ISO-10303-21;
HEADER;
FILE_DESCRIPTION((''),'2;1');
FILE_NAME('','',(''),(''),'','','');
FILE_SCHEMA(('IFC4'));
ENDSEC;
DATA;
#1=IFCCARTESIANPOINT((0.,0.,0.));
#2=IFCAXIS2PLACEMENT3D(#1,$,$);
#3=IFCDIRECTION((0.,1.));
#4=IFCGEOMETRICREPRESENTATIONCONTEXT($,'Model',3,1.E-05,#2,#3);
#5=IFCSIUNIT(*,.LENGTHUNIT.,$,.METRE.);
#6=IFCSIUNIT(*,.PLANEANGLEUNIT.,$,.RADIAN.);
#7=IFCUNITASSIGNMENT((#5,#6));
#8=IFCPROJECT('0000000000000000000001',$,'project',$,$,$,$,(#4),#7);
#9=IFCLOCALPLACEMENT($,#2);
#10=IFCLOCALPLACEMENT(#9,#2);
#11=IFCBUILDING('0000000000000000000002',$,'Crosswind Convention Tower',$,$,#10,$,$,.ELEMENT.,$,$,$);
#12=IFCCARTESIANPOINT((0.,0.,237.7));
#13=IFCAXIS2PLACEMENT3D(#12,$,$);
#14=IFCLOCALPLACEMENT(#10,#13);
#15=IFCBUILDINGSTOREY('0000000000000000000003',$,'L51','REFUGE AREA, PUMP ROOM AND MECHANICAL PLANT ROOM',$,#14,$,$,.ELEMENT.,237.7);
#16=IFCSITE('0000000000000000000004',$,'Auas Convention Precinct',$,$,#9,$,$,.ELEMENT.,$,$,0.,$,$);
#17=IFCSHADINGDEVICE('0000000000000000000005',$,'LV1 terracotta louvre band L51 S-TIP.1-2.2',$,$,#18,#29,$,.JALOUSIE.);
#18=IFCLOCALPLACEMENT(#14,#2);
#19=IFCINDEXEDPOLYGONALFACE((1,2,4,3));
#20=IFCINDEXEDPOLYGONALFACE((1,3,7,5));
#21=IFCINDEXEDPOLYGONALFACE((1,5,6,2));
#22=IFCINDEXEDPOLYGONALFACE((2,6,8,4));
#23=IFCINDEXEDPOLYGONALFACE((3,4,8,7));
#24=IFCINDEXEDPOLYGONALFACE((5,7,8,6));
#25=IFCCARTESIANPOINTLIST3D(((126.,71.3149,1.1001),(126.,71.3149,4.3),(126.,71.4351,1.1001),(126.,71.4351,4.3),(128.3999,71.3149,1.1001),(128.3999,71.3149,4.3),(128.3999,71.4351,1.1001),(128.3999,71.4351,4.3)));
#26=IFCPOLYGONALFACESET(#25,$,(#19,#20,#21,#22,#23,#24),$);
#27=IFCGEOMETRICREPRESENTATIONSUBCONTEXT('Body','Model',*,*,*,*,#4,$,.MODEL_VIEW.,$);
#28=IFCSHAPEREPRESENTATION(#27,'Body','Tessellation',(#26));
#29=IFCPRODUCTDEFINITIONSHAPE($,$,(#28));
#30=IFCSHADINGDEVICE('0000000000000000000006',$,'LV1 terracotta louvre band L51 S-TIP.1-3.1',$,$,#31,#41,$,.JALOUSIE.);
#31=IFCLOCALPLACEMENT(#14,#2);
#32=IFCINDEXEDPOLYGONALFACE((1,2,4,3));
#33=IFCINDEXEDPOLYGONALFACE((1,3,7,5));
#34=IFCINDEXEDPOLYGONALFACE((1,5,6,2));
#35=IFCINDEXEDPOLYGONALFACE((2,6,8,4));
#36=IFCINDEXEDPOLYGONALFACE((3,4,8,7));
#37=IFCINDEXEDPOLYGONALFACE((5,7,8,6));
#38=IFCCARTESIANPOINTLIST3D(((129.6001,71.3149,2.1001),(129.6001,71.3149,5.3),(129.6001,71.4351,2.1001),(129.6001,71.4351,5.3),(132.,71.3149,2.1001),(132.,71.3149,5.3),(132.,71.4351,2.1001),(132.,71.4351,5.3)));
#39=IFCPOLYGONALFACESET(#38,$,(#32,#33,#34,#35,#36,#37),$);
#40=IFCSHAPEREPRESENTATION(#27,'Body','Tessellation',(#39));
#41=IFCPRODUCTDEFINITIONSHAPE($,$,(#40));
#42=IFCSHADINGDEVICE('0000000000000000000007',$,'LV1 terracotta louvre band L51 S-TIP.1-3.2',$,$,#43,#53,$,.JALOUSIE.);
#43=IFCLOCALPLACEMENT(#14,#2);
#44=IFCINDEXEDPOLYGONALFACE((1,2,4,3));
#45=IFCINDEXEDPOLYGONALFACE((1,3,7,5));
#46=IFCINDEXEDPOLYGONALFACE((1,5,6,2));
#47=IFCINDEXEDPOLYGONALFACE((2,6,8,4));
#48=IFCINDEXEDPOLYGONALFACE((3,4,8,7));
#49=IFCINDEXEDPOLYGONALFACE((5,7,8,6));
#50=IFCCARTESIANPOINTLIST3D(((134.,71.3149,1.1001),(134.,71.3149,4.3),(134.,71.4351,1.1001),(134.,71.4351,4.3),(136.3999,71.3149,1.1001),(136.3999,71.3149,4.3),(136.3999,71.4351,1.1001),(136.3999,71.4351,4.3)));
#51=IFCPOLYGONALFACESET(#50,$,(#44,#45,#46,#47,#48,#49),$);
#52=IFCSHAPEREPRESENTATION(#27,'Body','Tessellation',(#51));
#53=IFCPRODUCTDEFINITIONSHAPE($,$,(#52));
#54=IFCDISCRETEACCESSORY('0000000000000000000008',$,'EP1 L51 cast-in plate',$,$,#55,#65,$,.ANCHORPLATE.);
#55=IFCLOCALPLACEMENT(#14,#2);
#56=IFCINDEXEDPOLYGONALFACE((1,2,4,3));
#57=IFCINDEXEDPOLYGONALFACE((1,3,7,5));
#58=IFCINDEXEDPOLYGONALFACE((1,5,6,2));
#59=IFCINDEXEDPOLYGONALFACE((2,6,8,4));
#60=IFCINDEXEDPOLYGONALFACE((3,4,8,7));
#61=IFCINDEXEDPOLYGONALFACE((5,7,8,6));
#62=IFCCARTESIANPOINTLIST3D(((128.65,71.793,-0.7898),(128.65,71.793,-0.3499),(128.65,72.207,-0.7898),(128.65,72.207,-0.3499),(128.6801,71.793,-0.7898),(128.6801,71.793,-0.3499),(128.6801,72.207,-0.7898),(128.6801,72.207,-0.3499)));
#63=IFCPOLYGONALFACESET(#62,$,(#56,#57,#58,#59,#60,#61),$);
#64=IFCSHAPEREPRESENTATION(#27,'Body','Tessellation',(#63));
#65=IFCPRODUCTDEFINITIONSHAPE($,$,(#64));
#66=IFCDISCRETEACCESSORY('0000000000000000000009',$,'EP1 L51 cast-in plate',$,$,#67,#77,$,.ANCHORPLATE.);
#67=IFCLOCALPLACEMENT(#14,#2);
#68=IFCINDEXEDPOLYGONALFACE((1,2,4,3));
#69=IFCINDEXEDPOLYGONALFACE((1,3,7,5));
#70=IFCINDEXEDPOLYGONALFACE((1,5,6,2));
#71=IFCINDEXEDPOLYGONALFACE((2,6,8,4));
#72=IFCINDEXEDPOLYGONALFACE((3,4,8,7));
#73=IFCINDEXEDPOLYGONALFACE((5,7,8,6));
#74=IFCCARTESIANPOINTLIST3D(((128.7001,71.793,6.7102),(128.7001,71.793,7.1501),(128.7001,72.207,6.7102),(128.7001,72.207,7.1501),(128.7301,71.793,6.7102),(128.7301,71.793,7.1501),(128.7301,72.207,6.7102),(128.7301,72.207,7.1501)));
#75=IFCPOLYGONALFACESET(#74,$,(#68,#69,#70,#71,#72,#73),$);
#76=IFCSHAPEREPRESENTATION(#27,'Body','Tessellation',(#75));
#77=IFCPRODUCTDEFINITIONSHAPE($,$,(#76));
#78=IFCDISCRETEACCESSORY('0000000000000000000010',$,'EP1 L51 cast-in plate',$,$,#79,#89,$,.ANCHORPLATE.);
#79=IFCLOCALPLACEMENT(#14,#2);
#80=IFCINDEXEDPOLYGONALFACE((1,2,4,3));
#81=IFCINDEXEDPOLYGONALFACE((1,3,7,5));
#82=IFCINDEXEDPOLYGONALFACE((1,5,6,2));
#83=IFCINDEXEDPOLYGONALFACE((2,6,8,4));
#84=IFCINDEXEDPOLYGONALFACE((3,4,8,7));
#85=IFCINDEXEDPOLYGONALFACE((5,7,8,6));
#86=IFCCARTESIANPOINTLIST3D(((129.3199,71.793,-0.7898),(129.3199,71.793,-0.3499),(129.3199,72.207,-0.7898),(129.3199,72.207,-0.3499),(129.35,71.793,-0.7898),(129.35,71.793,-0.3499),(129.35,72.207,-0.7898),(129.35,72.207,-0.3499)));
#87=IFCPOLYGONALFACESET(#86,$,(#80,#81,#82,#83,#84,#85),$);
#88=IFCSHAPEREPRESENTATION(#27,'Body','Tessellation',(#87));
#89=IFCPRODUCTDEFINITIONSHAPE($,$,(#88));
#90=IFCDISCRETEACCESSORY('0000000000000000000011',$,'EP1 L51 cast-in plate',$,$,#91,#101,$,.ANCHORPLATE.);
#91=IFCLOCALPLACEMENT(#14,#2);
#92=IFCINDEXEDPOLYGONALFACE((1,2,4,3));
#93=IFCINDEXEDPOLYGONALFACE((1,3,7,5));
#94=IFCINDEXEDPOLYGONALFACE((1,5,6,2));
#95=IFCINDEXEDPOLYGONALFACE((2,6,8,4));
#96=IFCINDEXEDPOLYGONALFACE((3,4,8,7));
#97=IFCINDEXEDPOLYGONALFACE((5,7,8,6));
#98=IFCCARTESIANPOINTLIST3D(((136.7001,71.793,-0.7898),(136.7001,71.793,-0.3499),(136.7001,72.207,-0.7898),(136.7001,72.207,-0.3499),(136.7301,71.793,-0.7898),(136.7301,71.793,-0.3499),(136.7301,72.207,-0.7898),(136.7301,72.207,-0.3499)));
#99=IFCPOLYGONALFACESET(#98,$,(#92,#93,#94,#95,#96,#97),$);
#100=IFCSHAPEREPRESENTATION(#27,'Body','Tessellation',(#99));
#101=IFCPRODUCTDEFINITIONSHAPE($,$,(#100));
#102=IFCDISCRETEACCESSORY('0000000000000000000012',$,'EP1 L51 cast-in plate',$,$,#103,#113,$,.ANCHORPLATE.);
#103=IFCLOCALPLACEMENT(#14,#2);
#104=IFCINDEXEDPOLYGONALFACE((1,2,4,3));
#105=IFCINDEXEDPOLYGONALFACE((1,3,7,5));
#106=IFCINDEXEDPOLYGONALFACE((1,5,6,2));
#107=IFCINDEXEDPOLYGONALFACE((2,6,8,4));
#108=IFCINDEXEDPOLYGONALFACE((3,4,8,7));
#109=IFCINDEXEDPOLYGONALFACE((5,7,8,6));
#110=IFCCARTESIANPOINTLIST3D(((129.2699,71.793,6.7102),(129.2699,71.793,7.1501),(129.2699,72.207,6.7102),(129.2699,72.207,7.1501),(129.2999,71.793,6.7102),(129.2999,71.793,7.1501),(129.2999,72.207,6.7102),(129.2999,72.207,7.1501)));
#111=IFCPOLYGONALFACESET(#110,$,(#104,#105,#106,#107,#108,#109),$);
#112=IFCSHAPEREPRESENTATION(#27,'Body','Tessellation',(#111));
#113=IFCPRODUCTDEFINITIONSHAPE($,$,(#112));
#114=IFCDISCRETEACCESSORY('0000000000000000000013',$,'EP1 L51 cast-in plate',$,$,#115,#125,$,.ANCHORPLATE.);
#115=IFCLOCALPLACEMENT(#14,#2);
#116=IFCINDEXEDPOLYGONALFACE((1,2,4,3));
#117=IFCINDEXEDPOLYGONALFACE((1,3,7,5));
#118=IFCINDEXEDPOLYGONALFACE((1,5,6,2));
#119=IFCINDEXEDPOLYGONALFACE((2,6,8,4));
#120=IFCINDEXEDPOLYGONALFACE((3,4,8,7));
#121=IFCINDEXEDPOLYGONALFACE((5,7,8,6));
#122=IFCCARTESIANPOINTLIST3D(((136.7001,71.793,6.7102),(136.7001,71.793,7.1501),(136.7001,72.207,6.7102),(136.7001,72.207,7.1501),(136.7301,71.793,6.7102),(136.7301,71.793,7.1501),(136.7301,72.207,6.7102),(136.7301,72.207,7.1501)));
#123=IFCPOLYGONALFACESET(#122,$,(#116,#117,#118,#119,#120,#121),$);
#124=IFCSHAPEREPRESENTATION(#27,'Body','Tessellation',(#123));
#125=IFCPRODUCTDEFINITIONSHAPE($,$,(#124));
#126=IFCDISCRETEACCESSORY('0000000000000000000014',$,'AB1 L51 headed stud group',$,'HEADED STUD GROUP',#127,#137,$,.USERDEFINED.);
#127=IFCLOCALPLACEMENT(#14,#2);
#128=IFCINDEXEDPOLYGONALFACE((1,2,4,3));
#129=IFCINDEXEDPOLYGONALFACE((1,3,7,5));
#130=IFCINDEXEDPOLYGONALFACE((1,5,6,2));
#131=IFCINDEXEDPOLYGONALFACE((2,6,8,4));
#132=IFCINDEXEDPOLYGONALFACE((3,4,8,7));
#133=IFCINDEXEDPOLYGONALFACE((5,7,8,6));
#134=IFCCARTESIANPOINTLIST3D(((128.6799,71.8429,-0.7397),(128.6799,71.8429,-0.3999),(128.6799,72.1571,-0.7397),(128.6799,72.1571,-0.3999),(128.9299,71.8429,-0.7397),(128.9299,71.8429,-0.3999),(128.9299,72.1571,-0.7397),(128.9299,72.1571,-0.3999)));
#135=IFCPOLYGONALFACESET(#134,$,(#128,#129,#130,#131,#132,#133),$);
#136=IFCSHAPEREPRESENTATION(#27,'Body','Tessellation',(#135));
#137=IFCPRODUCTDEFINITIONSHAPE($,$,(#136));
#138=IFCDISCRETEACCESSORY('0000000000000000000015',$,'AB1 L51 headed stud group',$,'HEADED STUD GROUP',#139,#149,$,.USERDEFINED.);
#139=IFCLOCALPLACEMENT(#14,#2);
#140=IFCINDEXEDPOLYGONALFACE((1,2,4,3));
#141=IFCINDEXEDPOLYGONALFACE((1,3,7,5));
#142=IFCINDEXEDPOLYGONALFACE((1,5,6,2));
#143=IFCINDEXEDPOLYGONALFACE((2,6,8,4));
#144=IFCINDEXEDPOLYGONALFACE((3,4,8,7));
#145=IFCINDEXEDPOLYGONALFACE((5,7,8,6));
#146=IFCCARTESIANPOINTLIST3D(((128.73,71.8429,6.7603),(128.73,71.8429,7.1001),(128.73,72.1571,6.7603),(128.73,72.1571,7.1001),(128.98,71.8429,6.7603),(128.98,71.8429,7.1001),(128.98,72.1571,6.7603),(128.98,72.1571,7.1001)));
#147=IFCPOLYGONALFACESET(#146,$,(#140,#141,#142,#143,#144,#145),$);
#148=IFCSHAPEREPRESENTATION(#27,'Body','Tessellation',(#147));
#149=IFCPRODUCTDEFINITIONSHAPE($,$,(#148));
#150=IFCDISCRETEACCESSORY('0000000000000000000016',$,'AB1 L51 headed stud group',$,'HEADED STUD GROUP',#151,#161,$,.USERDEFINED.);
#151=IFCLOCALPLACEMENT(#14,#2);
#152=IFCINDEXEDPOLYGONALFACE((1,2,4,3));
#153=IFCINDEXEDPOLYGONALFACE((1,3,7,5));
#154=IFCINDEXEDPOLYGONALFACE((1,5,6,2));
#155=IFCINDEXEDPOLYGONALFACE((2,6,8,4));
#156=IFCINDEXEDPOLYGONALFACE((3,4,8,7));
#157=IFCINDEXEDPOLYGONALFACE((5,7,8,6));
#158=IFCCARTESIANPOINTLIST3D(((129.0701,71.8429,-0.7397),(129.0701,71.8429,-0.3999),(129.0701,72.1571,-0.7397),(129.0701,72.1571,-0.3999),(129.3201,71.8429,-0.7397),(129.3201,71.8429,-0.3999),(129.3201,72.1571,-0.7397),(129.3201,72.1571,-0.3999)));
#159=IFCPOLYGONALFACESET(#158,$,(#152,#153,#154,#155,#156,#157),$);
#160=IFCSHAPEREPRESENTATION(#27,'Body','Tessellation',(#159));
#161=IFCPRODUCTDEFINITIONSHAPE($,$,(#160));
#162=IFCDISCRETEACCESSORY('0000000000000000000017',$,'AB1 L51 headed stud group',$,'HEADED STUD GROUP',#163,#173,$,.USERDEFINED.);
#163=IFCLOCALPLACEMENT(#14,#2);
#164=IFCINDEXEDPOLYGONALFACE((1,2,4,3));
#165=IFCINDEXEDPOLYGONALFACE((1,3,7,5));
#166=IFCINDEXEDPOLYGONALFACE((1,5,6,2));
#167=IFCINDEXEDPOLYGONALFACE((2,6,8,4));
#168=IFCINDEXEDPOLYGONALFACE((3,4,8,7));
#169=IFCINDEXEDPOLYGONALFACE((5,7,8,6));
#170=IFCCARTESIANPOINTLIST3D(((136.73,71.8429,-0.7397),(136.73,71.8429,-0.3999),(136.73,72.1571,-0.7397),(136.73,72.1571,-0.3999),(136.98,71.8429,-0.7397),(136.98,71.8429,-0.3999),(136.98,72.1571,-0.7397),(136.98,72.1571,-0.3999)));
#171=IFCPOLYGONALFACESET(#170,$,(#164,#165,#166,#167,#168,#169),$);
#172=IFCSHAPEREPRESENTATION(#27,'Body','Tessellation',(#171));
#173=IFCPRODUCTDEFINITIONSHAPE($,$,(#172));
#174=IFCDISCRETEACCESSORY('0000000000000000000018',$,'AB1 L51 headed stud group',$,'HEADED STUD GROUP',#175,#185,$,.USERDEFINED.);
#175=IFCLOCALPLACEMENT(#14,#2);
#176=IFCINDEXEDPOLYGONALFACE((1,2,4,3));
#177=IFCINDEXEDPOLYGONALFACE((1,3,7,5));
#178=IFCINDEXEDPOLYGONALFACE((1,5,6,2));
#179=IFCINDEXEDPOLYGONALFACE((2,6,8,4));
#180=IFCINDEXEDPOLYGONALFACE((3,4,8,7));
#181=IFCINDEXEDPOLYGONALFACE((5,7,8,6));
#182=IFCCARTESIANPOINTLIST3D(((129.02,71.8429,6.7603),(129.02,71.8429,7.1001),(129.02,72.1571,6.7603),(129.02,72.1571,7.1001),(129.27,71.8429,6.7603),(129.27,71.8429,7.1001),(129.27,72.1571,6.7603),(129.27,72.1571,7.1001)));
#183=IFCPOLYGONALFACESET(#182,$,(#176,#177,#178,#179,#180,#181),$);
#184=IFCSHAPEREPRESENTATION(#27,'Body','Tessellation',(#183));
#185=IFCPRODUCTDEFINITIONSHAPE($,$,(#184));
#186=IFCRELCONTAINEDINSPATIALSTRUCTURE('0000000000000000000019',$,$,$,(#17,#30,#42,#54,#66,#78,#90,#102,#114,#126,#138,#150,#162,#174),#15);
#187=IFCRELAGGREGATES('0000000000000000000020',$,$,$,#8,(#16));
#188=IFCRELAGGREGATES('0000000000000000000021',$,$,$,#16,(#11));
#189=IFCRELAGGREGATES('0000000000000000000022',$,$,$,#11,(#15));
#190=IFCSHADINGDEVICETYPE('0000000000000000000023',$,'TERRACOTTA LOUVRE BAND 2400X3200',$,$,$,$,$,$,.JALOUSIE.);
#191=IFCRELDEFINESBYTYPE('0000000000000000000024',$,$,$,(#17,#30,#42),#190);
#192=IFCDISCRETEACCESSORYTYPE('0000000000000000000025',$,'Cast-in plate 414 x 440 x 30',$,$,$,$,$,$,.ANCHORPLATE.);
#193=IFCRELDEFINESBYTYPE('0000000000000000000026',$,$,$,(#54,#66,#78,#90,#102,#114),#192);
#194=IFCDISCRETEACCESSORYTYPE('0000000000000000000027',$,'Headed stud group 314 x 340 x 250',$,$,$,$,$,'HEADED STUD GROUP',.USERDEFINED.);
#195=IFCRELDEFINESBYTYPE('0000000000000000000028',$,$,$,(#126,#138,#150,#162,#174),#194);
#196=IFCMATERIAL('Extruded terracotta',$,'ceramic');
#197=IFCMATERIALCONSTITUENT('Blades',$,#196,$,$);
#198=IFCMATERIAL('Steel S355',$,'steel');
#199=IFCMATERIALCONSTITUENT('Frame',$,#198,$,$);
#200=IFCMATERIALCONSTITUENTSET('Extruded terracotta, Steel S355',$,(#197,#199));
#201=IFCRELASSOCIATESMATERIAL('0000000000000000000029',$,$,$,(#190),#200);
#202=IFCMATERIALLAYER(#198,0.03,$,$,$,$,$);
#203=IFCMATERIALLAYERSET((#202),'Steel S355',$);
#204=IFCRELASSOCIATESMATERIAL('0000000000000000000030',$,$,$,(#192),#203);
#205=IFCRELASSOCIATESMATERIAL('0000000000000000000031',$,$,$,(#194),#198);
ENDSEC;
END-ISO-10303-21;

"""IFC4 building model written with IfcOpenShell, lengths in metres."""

from ifc_helpers import new_model, si_unit, direction, frame, origin, origin_2d, place, context, subcontext, project, spatial, rectangle, extrude, material, layer, layer_set, constituent, constituent_set, type_object, element, save


model = new_model("IFC4")

# Units and contexts
model_context = context("Model", 3, precision=1e-05, world=origin(), true_north=direction((0.0, 1.0)))
body_context = subcontext(model_context, "Body", "Model", "MODEL_VIEW")
ifc_project = project(units=[si_unit("LENGTHUNIT", "METRE"), si_unit("PLANEANGLEUNIT", "RADIAN")], contexts=[model_context])

# Site, building, storey
site_placement = place(None, origin())
site = spatial("IfcSite", under=ifc_project, at=site_placement, Name="Auas Convention Precinct", CompositionType="ELEMENT", RefElevation=0.0)
building_placement = place(site_placement, origin())
building = spatial("IfcBuilding", under=site, at=building_placement, Name="Crosswind Convention Tower", CompositionType="ELEMENT")
storey_placement = place(building_placement, frame((0.0, 0.0, 237.7)))
storey = spatial("IfcBuildingStorey", under=building, at=storey_placement, Name="L51", Description="REFUGE AREA, PUMP ROOM AND MECHANICAL PLANT ROOM", CompositionType="ELEMENT", Elevation=237.7)

# Shared definitions
ifc_material_1 = material(Name="Steel S355", Category="steel")

# Shading devices
ifc_material_2 = material(Name="Extruded terracotta", Category="ceramic")
ifc_constituent_1 = constituent(ifc_material_2, Name="Blades")
ifc_constituent_2 = constituent(ifc_material_1, Name="Frame")
ifc_constituent_set = constituent_set(constituents=[ifc_constituent_1, ifc_constituent_2], Name="Extruded terracotta, Steel S355")
shading_device_type = type_object("IfcShadingDeviceType", Name="TERRACOTTA LOUVRE BAND 2400X3200", PredefinedType="JALOUSIE", material=ifc_constituent_set)
for number, where, z_axis, x_axis, name in (
    (1, (127.2, 71.375, 1.1001), (0.0, 0.0, 1.0), (1.0, 0.0, 0.0), "LV1 terracotta louvre band L51 S-TIP.1-2.2"),
    (2, (130.8, 71.375, 2.1001), (0.0, 0.0, 1.0), (1.0, 0.0, 0.0), "LV1 terracotta louvre band L51 S-TIP.1-3.1"),
    (3, (135.2, 71.375, 1.1001), (0.0, 0.0, 1.0), (1.0, 0.0, 0.0), "LV1 terracotta louvre band L51 S-TIP.1-3.2"),
):
    element("IfcShadingDevice", number, at=place(storey_placement, frame(where, z_axis=z_axis, x_axis=x_axis)), inside=storey, type_object=shading_device_type, Name=name, PredefinedType="JALOUSIE", context=body_context, shape_type="SweptSolid", body=[
        extrude(rectangle(XDim=2.3999, YDim=0.1201, at=origin_2d()), origin(), (0.0, 0.0, 1.0), 3.2),
    ])

# Discrete accessories
ifc_layer_1 = layer(ifc_material_1, 0.03)
ifc_layer_set_1 = layer_set([ifc_layer_1], Name="Steel S355")
discrete_accessory_type_1 = type_object("IfcDiscreteAccessoryType", Name="Cast-in plate 414 x 440 x 30", PredefinedType="ANCHORPLATE", material=ifc_layer_set_1)
for number, where, z_axis, x_axis, name in (
    (4, (128.665, 72.0, -0.7898), (0.0, 0.0, 1.0), (1.0, 0.0, 0.0), "EP1 L51 cast-in plate"),
    (5, (128.7151, 72.0, 6.7102), (0.0, 0.0, 1.0), (1.0, 0.0, 0.0), "EP1 L51 cast-in plate"),
    (6, (129.335, 72.0, -0.7898), (0.0, 0.0, 1.0), (1.0, 0.0, 0.0), "EP1 L51 cast-in plate"),
    (7, (136.7151, 72.0, -0.7898), (0.0, 0.0, 1.0), (1.0, 0.0, 0.0), "EP1 L51 cast-in plate"),
    (8, (129.2849, 72.0, 6.7102), (0.0, 0.0, 1.0), (1.0, 0.0, 0.0), "EP1 L51 cast-in plate"),
    (9, (136.7151, 72.0, 6.7102), (0.0, 0.0, 1.0), (1.0, 0.0, 0.0), "EP1 L51 cast-in plate"),
):
    element("IfcDiscreteAccessory", number, at=place(storey_placement, frame(where, z_axis=z_axis, x_axis=x_axis)), inside=storey, type_object=discrete_accessory_type_1, Name=name, PredefinedType="ANCHORPLATE", context=body_context, shape_type="SweptSolid", body=[
        extrude(rectangle(XDim=0.03, YDim=0.4141, at=origin_2d()), origin(), (0.0, 0.0, 1.0), 0.4399),
    ])
discrete_accessory_type_2 = type_object("IfcDiscreteAccessoryType", Name="Headed stud group 314 x 340 x 250", ElementType="HEADED STUD GROUP", PredefinedType="USERDEFINED", material=ifc_material_1)
for number, where, z_axis, x_axis, name in (
    (10, (128.8049, 72.0, -0.7397), (0.0, 0.0, 1.0), (1.0, 0.0, 0.0), "AB1 L51 headed stud group"),
    (11, (128.855, 72.0, 6.7603), (0.0, 0.0, 1.0), (1.0, 0.0, 0.0), "AB1 L51 headed stud group"),
    (12, (129.1951, 72.0, -0.7397), (0.0, 0.0, 1.0), (1.0, 0.0, 0.0), "AB1 L51 headed stud group"),
    (13, (136.855, 72.0, -0.7397), (0.0, 0.0, 1.0), (1.0, 0.0, 0.0), "AB1 L51 headed stud group"),
    (14, (129.145, 72.0, 6.7603), (0.0, 0.0, 1.0), (1.0, 0.0, 0.0), "AB1 L51 headed stud group"),
):
    element("IfcDiscreteAccessory", number, at=place(storey_placement, frame(where, z_axis=z_axis, x_axis=x_axis)), inside=storey, type_object=discrete_accessory_type_2, Name=name, ObjectType="HEADED STUD GROUP", PredefinedType="USERDEFINED", context=body_context, shape_type="SweptSolid", body=[
        extrude(rectangle(XDim=0.25, YDim=0.3142, at=origin_2d()), origin(), (0.0, 0.0, 1.0), 0.3398),
    ])

save(model, "model.ifc")
